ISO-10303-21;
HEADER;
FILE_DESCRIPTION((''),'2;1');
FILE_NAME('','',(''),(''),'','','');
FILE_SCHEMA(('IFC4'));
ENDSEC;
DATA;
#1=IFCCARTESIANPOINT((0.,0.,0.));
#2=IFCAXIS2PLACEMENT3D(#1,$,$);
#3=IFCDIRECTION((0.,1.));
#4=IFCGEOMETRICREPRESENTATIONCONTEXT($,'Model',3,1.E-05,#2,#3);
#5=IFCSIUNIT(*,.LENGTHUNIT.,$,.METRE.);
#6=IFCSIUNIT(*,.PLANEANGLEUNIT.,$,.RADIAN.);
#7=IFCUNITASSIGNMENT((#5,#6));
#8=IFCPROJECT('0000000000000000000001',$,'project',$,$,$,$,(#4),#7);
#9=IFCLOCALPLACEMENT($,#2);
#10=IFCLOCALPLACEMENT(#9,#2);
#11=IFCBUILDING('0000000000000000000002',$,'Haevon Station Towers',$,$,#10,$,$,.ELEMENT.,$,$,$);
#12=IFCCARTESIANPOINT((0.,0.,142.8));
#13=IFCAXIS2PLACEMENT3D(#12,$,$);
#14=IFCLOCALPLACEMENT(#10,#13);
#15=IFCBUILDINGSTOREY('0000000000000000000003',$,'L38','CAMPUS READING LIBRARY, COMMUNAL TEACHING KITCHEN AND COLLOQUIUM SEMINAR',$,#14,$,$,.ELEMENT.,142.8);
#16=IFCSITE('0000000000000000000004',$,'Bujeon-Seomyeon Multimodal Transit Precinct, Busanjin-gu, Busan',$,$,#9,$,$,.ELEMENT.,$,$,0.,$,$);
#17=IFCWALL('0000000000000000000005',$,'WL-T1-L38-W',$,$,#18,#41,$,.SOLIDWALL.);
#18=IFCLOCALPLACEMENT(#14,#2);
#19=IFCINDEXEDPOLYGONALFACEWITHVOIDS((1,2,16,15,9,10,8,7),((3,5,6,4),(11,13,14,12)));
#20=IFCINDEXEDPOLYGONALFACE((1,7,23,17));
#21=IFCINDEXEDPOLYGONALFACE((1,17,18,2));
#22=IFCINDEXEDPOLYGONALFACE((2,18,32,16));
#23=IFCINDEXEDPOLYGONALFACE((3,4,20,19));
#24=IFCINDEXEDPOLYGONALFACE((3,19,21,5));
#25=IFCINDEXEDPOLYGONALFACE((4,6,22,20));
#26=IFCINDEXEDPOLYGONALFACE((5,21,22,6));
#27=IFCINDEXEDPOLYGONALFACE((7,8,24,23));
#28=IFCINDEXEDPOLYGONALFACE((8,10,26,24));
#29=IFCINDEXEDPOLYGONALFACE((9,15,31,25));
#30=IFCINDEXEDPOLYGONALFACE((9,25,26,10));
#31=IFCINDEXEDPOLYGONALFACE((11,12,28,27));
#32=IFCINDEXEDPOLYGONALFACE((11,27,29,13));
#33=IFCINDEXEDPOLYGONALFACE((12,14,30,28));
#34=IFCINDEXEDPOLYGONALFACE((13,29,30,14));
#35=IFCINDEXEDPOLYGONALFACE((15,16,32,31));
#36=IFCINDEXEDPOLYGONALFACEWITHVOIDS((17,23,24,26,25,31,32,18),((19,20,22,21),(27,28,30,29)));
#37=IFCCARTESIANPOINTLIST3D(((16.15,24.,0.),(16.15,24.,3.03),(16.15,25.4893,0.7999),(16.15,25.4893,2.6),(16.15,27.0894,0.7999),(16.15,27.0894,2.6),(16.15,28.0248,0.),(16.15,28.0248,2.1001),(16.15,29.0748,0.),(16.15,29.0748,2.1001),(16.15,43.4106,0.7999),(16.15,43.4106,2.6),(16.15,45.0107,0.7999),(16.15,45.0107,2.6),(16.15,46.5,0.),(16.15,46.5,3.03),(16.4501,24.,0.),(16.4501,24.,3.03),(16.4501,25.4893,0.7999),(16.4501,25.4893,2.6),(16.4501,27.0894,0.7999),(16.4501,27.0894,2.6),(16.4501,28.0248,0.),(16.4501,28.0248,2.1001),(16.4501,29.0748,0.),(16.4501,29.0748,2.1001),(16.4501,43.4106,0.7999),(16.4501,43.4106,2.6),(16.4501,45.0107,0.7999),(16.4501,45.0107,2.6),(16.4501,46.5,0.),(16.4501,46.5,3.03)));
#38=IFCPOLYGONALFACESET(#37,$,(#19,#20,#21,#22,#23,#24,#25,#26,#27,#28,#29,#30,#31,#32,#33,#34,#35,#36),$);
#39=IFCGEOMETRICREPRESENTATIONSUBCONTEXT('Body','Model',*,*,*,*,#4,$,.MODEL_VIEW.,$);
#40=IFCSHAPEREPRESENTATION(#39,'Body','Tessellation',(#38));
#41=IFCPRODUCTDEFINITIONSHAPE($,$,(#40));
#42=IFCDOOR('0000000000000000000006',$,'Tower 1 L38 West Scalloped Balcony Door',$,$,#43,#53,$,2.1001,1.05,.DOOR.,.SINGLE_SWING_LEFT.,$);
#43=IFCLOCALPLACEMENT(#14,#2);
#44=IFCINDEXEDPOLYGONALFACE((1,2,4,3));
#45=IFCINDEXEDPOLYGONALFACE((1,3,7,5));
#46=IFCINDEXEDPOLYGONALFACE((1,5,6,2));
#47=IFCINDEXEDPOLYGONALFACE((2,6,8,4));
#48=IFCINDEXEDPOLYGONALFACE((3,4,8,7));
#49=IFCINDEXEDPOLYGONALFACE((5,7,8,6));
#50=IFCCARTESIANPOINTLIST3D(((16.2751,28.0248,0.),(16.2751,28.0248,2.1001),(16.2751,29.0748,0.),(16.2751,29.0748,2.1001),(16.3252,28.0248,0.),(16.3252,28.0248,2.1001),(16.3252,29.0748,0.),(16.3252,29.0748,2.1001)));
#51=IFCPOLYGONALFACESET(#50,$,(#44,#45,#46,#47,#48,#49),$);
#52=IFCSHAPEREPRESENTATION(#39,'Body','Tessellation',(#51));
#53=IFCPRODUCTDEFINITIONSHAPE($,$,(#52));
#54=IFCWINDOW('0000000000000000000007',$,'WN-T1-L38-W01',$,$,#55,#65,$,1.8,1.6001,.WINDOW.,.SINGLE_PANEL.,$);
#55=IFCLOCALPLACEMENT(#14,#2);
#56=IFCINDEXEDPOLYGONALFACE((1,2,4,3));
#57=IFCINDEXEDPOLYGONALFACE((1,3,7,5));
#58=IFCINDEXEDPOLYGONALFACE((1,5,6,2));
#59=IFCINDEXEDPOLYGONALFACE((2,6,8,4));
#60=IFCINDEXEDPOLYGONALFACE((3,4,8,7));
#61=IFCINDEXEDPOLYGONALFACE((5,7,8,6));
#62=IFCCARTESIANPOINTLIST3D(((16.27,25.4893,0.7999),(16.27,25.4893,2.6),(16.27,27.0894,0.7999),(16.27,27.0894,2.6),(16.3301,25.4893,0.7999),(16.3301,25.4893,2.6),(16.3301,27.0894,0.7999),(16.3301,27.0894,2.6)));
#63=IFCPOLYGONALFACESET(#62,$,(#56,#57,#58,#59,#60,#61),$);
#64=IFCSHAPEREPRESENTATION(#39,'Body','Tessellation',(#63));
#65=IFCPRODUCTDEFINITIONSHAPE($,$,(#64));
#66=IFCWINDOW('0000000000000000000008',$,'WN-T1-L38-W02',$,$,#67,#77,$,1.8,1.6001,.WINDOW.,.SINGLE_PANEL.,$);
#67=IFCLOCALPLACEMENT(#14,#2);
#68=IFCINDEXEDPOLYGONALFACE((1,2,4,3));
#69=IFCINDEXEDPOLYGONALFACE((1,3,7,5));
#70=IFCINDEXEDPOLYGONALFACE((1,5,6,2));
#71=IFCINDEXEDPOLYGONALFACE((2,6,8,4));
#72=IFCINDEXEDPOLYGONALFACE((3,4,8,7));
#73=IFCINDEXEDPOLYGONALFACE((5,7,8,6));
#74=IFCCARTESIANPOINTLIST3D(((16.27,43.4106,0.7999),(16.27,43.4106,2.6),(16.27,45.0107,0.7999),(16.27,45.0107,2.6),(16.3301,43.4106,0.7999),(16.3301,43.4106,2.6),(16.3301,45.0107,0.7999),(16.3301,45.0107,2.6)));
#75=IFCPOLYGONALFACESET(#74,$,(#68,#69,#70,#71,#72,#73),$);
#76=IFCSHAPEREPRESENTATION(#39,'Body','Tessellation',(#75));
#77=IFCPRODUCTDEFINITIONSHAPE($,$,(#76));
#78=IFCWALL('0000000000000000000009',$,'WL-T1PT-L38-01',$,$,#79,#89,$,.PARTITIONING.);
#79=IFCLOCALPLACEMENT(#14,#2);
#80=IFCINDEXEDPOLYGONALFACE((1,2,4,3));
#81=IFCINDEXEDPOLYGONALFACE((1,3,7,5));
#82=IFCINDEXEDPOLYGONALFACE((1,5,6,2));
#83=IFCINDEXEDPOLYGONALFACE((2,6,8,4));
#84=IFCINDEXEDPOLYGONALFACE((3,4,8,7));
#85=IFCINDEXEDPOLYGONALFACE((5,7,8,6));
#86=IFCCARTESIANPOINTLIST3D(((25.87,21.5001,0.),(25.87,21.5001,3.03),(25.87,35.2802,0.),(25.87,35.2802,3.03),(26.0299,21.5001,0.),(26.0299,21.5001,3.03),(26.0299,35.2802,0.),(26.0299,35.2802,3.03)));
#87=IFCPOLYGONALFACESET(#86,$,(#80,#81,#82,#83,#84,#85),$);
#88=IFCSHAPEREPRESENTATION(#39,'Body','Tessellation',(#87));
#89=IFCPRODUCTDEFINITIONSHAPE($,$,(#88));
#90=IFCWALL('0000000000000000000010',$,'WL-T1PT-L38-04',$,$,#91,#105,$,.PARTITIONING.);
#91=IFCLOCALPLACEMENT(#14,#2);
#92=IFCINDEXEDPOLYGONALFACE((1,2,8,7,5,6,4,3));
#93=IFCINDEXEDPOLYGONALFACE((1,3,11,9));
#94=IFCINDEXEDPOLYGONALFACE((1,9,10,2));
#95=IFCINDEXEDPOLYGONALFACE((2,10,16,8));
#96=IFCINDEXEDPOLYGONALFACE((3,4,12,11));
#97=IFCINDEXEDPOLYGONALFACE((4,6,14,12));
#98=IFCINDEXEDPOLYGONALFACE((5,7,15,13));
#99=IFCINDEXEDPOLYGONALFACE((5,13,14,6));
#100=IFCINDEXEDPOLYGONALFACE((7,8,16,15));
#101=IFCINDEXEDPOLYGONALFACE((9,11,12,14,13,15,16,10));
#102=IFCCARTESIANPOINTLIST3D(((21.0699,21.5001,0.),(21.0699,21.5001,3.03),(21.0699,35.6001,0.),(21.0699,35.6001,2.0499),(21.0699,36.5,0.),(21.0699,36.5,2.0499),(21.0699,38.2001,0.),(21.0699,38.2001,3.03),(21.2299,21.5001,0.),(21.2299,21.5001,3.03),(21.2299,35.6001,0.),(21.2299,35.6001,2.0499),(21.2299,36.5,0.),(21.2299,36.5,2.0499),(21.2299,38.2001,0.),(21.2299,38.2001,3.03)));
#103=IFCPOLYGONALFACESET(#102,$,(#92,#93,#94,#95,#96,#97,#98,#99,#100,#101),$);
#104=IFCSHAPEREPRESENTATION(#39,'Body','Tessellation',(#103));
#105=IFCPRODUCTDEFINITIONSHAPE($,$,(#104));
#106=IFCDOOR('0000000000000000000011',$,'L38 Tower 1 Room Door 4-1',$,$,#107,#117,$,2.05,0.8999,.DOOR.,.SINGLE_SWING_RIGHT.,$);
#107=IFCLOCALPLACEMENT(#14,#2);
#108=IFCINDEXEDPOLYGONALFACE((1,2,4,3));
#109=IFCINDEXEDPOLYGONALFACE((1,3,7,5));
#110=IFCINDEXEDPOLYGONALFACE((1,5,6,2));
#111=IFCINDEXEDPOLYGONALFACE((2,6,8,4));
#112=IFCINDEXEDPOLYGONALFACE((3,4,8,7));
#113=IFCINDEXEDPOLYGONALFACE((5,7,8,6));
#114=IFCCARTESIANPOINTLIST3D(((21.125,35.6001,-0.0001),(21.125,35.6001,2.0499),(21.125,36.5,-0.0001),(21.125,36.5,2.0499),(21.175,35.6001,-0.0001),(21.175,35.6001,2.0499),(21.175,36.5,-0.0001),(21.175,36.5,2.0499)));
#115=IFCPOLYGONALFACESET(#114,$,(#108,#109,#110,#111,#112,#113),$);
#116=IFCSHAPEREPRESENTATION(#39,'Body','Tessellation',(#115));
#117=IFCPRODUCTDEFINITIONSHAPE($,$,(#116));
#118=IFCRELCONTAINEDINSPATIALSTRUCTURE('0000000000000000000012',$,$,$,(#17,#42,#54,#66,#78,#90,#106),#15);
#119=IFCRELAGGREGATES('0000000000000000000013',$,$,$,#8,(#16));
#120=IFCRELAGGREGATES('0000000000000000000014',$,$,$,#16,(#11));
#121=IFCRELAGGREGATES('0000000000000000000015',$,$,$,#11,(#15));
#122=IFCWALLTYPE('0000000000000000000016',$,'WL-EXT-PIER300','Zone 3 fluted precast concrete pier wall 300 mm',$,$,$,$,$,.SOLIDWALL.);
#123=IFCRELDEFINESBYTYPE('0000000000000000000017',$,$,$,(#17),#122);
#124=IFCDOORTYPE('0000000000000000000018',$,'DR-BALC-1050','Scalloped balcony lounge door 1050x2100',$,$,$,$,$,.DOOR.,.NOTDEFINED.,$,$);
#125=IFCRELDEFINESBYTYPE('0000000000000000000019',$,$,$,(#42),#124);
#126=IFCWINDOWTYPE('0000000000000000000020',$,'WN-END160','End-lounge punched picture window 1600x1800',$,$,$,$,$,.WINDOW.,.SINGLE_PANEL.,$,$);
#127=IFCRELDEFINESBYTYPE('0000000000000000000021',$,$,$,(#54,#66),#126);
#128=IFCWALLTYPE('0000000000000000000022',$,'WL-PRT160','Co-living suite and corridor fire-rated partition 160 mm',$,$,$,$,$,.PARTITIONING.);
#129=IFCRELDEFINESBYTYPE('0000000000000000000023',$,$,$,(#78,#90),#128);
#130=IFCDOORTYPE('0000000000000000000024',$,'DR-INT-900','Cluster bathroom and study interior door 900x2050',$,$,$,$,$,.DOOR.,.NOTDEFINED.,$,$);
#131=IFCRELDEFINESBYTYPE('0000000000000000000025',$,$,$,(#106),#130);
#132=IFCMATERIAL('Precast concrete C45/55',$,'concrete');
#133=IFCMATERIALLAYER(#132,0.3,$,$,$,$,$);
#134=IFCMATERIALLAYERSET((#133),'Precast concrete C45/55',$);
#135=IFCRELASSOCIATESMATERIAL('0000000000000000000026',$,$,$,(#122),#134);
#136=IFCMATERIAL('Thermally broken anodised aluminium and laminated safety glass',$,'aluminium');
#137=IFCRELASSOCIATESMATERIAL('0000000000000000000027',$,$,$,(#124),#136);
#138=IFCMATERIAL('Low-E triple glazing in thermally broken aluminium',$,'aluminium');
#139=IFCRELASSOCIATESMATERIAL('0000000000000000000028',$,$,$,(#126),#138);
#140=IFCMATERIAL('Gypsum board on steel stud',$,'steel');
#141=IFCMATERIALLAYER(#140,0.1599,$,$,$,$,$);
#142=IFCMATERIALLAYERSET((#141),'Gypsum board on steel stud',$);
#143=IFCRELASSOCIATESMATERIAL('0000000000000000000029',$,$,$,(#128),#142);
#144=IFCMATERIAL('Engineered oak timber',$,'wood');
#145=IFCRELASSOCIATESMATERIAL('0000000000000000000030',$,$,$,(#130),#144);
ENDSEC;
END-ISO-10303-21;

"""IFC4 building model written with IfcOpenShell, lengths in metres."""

from ifc_helpers import new_model, si_unit, direction, frame, frame_2d, origin, place, context, subcontext, project, spatial, rectangle, extrude, material, layer, layer_set, type_object, element, fill, save


model = new_model("IFC4")

# Units and contexts
model_context = context("Model", 3, precision=1e-05, world=origin(), true_north=direction((0.0, 1.0)))
body_context = subcontext(model_context, "Body", "Model", "MODEL_VIEW")
ifc_project = project(units=[si_unit("LENGTHUNIT", "METRE"), si_unit("PLANEANGLEUNIT", "RADIAN")], contexts=[model_context])

# Site, building, storey
site_placement = place(None, origin())
site = spatial("IfcSite", under=ifc_project, at=site_placement, Name="Bujeon-Seomyeon Multimodal Transit Precinct, Busanjin-gu, Busan", CompositionType="ELEMENT", RefElevation=0.0)
building_placement = place(site_placement, origin())
building = spatial("IfcBuilding", under=site, at=building_placement, Name="Haevon Station Towers", CompositionType="ELEMENT")
storey_placement = place(building_placement, frame((0.0, 0.0, 142.8)))
storey = spatial("IfcBuildingStorey", under=building, at=storey_placement, Name="L38", Description="CAMPUS READING LIBRARY, COMMUNAL TEACHING KITCHEN AND COLLOQUIUM SEMINAR", CompositionType="ELEMENT", Elevation=142.8)

# Shared definitions
ifc_material_1 = material(Name="Precast concrete C45/55", Category="concrete")
ifc_layer_1 = layer(ifc_material_1, 0.3)
ifc_layer_set_1 = layer_set([ifc_layer_1], Name="Precast concrete C45/55")
wall_type_1 = type_object("IfcWallType", Name="WL-EXT-PIER300", Description="Zone 3 fluted precast concrete pier wall 300 mm", PredefinedType="SOLIDWALL", material=ifc_layer_set_1)

# Wall, openings, door, windows
wall_1_placement = place(storey_placement, frame((16.3, 24.0, 0.0), z_axis=(0.0, 0.0, 1.0), x_axis=(0.0, 1.0, 0.0)))
wall_1 = element("IfcWall", 1, at=wall_1_placement, inside=storey, type_object=wall_type_1, Name="WL-T1-L38-W", PredefinedType="SOLIDWALL", context=body_context, shape_type="SweptSolid", body=[
    extrude(rectangle(XDim=22.5, YDim=0.3, at=frame_2d((11.25, 0.0))), origin(), (0.0, 0.0, 1.0), 3.03),
])
opening_1_placement = place(wall_1_placement, frame((4.0249, 0.0, 0.0)))
opening_1 = element("IfcOpeningElement", 2, at=opening_1_placement, cuts=wall_1, PredefinedType="OPENING", context=body_context, shape_type="SweptSolid", body=[
    extrude(rectangle(XDim=1.05, YDim=2.1001, at=frame_2d((0.5249, 1.05))), frame((0.0, 0.1599, 0.0), z_axis=(0.0, -1.0, 0.0), x_axis=(1.0, 0.0, 0.0)), (0.0, 0.0, 1.0), 0.3201),
])
opening_2_placement = place(wall_1_placement, frame((1.4893, 0.0, 0.8)))
opening_2 = element("IfcOpeningElement", 3, at=opening_2_placement, cuts=wall_1, PredefinedType="OPENING", context=body_context, shape_type="SweptSolid", body=[
    extrude(rectangle(XDim=1.6001, YDim=1.8, at=frame_2d((0.8, 0.8999))), frame((0.0, 0.1599, 0.0), z_axis=(0.0, -1.0, 0.0), x_axis=(1.0, 0.0, 0.0)), (0.0, 0.0, 1.0), 0.3201),
])
opening_3_placement = place(wall_1_placement, frame((19.4106, 0.0, 0.8)))
opening_3 = element("IfcOpeningElement", 4, at=opening_3_placement, cuts=wall_1, PredefinedType="OPENING", context=body_context, shape_type="SweptSolid", body=[
    extrude(rectangle(XDim=1.6001, YDim=1.8, at=frame_2d((0.8, 0.8999))), frame((0.0, 0.1599, 0.0), z_axis=(0.0, -1.0, 0.0), x_axis=(1.0, 0.0, 0.0)), (0.0, 0.0, 1.0), 0.3201),
])
ifc_material_2 = material(Name="Thermally broken anodised aluminium and laminated safety glass", Category="aluminium")
door_type_1 = type_object("IfcDoorType", Name="DR-BALC-1050", Description="Scalloped balcony lounge door 1050x2100", OperationType="NOTDEFINED", PredefinedType="DOOR", material=ifc_material_2)
door_1_placement = place(opening_1_placement, origin())
door_1 = element("IfcDoor", 5, at=door_1_placement, inside=storey, type_object=door_type_1, Name="Tower 1 L38 West Scalloped Balcony Door", OperationType="SINGLE_SWING_LEFT", OverallHeight=2.1001, OverallWidth=1.05, PredefinedType="DOOR", context=body_context, shape_type="SweptSolid", body=[
    extrude(rectangle(XDim=1.05, YDim=2.1001, at=frame_2d((0.5249, 1.05))), frame((0.0, 0.0249, 0.0), z_axis=(0.0, -1.0, 0.0), x_axis=(1.0, 0.0, 0.0)), (0.0, 0.0, 1.0), 0.05),
])
fill(opening_1, door_1)
ifc_material_3 = material(Name="Low-E triple glazing in thermally broken aluminium", Category="aluminium")
window_type = type_object("IfcWindowType", Name="WN-END160", Description="End-lounge punched picture window 1600x1800", PartitioningType="SINGLE_PANEL", PredefinedType="WINDOW", material=ifc_material_3)
window_1_placement = place(opening_2_placement, origin())
window_1 = element("IfcWindow", 6, at=window_1_placement, inside=storey, type_object=window_type, Name="WN-T1-L38-W01", OverallHeight=1.8, OverallWidth=1.6001, PartitioningType="SINGLE_PANEL", PredefinedType="WINDOW", context=body_context, shape_type="SweptSolid", body=[
    extrude(rectangle(XDim=1.6001, YDim=1.8, at=frame_2d((0.8, 0.8999))), frame((0.0, 0.03, 0.0), z_axis=(0.0, -1.0, 0.0), x_axis=(1.0, 0.0, 0.0)), (0.0, 0.0, 1.0), 0.0601),
])
fill(opening_2, window_1)
window_2_placement = place(opening_3_placement, origin())
window_2 = element("IfcWindow", 7, at=window_2_placement, inside=storey, type_object=window_type, Name="WN-T1-L38-W02", OverallHeight=1.8, OverallWidth=1.6001, PartitioningType="SINGLE_PANEL", PredefinedType="WINDOW", context=body_context, shape_type="SweptSolid", body=[
    extrude(rectangle(XDim=1.6001, YDim=1.8, at=frame_2d((0.8, 0.8999))), frame((0.0, 0.03, 0.0), z_axis=(0.0, -1.0, 0.0), x_axis=(1.0, 0.0, 0.0)), (0.0, 0.0, 1.0), 0.0601),
])
fill(opening_3, window_2)

# Wall
ifc_material_4 = material(Name="Gypsum board on steel stud", Category="steel")
ifc_layer_2 = layer(ifc_material_4, 0.1599)
ifc_layer_set_2 = layer_set([ifc_layer_2], Name="Gypsum board on steel stud")
wall_type_2 = type_object("IfcWallType", Name="WL-PRT160", Description="Co-living suite and corridor fire-rated partition 160 mm", PredefinedType="PARTITIONING", material=ifc_layer_set_2)
wall_2_placement = place(storey_placement, frame((25.95, 21.5, 0.0), z_axis=(0.0, 0.0, 1.0), x_axis=(0.0, 1.0, 0.0)))
element("IfcWall", 8, at=wall_2_placement, inside=storey, type_object=wall_type_2, Name="WL-T1PT-L38-01", PredefinedType="PARTITIONING", context=body_context, shape_type="SweptSolid", body=[
    extrude(rectangle(XDim=13.78, YDim=0.1599, at=frame_2d((6.8901, 0.0))), origin(), (0.0, 0.0, 1.0), 3.03),
])

# Wall, opening, door
wall_3_placement = place(storey_placement, frame((21.1499, 21.5, 0.0), z_axis=(0.0, 0.0, 1.0), x_axis=(0.0, 1.0, 0.0)))
wall_3 = element("IfcWall", 9, at=wall_3_placement, inside=storey, type_object=wall_type_2, Name="WL-T1PT-L38-04", PredefinedType="PARTITIONING", context=body_context, shape_type="SweptSolid", body=[
    extrude(rectangle(XDim=16.7, YDim=0.1599, at=frame_2d((8.3501, 0.0))), origin(), (0.0, 0.0, 1.0), 3.03),
])
opening_4_placement = place(wall_3_placement, frame((14.1001, 0.0, 0.0)))
opening_4 = element("IfcOpeningElement", 10, at=opening_4_placement, cuts=wall_3, PredefinedType="OPENING", context=body_context, shape_type="SweptSolid", body=[
    extrude(rectangle(XDim=0.8999, YDim=2.05, at=frame_2d((0.45, 1.0249))), frame((0.0, 0.0898, 0.0), z_axis=(0.0, -1.0, 0.0), x_axis=(1.0, 0.0, 0.0)), (0.0, 0.0, 1.0), 0.1799),
])
ifc_material_5 = material(Name="Engineered oak timber", Category="wood")
door_type_2 = type_object("IfcDoorType", Name="DR-INT-900", Description="Cluster bathroom and study interior door 900x2050", OperationType="NOTDEFINED", PredefinedType="DOOR", material=ifc_material_5)
door_2_placement = place(opening_4_placement, origin())
door_2 = element("IfcDoor", 11, at=door_2_placement, inside=storey, type_object=door_type_2, Name="L38 Tower 1 Room Door 4-1", OperationType="SINGLE_SWING_RIGHT", OverallHeight=2.05, OverallWidth=0.8999, PredefinedType="DOOR", context=body_context, shape_type="SweptSolid", body=[
    extrude(rectangle(XDim=0.8999, YDim=2.05, at=frame_2d((0.45, 1.0249))), frame((0.0, 0.0249, 0.0), z_axis=(0.0, -1.0, 0.0), x_axis=(1.0, 0.0, 0.0)), (0.0, 0.0, 1.0), 0.05),
])
fill(opening_4, door_2)

save(model, "model.ifc")
